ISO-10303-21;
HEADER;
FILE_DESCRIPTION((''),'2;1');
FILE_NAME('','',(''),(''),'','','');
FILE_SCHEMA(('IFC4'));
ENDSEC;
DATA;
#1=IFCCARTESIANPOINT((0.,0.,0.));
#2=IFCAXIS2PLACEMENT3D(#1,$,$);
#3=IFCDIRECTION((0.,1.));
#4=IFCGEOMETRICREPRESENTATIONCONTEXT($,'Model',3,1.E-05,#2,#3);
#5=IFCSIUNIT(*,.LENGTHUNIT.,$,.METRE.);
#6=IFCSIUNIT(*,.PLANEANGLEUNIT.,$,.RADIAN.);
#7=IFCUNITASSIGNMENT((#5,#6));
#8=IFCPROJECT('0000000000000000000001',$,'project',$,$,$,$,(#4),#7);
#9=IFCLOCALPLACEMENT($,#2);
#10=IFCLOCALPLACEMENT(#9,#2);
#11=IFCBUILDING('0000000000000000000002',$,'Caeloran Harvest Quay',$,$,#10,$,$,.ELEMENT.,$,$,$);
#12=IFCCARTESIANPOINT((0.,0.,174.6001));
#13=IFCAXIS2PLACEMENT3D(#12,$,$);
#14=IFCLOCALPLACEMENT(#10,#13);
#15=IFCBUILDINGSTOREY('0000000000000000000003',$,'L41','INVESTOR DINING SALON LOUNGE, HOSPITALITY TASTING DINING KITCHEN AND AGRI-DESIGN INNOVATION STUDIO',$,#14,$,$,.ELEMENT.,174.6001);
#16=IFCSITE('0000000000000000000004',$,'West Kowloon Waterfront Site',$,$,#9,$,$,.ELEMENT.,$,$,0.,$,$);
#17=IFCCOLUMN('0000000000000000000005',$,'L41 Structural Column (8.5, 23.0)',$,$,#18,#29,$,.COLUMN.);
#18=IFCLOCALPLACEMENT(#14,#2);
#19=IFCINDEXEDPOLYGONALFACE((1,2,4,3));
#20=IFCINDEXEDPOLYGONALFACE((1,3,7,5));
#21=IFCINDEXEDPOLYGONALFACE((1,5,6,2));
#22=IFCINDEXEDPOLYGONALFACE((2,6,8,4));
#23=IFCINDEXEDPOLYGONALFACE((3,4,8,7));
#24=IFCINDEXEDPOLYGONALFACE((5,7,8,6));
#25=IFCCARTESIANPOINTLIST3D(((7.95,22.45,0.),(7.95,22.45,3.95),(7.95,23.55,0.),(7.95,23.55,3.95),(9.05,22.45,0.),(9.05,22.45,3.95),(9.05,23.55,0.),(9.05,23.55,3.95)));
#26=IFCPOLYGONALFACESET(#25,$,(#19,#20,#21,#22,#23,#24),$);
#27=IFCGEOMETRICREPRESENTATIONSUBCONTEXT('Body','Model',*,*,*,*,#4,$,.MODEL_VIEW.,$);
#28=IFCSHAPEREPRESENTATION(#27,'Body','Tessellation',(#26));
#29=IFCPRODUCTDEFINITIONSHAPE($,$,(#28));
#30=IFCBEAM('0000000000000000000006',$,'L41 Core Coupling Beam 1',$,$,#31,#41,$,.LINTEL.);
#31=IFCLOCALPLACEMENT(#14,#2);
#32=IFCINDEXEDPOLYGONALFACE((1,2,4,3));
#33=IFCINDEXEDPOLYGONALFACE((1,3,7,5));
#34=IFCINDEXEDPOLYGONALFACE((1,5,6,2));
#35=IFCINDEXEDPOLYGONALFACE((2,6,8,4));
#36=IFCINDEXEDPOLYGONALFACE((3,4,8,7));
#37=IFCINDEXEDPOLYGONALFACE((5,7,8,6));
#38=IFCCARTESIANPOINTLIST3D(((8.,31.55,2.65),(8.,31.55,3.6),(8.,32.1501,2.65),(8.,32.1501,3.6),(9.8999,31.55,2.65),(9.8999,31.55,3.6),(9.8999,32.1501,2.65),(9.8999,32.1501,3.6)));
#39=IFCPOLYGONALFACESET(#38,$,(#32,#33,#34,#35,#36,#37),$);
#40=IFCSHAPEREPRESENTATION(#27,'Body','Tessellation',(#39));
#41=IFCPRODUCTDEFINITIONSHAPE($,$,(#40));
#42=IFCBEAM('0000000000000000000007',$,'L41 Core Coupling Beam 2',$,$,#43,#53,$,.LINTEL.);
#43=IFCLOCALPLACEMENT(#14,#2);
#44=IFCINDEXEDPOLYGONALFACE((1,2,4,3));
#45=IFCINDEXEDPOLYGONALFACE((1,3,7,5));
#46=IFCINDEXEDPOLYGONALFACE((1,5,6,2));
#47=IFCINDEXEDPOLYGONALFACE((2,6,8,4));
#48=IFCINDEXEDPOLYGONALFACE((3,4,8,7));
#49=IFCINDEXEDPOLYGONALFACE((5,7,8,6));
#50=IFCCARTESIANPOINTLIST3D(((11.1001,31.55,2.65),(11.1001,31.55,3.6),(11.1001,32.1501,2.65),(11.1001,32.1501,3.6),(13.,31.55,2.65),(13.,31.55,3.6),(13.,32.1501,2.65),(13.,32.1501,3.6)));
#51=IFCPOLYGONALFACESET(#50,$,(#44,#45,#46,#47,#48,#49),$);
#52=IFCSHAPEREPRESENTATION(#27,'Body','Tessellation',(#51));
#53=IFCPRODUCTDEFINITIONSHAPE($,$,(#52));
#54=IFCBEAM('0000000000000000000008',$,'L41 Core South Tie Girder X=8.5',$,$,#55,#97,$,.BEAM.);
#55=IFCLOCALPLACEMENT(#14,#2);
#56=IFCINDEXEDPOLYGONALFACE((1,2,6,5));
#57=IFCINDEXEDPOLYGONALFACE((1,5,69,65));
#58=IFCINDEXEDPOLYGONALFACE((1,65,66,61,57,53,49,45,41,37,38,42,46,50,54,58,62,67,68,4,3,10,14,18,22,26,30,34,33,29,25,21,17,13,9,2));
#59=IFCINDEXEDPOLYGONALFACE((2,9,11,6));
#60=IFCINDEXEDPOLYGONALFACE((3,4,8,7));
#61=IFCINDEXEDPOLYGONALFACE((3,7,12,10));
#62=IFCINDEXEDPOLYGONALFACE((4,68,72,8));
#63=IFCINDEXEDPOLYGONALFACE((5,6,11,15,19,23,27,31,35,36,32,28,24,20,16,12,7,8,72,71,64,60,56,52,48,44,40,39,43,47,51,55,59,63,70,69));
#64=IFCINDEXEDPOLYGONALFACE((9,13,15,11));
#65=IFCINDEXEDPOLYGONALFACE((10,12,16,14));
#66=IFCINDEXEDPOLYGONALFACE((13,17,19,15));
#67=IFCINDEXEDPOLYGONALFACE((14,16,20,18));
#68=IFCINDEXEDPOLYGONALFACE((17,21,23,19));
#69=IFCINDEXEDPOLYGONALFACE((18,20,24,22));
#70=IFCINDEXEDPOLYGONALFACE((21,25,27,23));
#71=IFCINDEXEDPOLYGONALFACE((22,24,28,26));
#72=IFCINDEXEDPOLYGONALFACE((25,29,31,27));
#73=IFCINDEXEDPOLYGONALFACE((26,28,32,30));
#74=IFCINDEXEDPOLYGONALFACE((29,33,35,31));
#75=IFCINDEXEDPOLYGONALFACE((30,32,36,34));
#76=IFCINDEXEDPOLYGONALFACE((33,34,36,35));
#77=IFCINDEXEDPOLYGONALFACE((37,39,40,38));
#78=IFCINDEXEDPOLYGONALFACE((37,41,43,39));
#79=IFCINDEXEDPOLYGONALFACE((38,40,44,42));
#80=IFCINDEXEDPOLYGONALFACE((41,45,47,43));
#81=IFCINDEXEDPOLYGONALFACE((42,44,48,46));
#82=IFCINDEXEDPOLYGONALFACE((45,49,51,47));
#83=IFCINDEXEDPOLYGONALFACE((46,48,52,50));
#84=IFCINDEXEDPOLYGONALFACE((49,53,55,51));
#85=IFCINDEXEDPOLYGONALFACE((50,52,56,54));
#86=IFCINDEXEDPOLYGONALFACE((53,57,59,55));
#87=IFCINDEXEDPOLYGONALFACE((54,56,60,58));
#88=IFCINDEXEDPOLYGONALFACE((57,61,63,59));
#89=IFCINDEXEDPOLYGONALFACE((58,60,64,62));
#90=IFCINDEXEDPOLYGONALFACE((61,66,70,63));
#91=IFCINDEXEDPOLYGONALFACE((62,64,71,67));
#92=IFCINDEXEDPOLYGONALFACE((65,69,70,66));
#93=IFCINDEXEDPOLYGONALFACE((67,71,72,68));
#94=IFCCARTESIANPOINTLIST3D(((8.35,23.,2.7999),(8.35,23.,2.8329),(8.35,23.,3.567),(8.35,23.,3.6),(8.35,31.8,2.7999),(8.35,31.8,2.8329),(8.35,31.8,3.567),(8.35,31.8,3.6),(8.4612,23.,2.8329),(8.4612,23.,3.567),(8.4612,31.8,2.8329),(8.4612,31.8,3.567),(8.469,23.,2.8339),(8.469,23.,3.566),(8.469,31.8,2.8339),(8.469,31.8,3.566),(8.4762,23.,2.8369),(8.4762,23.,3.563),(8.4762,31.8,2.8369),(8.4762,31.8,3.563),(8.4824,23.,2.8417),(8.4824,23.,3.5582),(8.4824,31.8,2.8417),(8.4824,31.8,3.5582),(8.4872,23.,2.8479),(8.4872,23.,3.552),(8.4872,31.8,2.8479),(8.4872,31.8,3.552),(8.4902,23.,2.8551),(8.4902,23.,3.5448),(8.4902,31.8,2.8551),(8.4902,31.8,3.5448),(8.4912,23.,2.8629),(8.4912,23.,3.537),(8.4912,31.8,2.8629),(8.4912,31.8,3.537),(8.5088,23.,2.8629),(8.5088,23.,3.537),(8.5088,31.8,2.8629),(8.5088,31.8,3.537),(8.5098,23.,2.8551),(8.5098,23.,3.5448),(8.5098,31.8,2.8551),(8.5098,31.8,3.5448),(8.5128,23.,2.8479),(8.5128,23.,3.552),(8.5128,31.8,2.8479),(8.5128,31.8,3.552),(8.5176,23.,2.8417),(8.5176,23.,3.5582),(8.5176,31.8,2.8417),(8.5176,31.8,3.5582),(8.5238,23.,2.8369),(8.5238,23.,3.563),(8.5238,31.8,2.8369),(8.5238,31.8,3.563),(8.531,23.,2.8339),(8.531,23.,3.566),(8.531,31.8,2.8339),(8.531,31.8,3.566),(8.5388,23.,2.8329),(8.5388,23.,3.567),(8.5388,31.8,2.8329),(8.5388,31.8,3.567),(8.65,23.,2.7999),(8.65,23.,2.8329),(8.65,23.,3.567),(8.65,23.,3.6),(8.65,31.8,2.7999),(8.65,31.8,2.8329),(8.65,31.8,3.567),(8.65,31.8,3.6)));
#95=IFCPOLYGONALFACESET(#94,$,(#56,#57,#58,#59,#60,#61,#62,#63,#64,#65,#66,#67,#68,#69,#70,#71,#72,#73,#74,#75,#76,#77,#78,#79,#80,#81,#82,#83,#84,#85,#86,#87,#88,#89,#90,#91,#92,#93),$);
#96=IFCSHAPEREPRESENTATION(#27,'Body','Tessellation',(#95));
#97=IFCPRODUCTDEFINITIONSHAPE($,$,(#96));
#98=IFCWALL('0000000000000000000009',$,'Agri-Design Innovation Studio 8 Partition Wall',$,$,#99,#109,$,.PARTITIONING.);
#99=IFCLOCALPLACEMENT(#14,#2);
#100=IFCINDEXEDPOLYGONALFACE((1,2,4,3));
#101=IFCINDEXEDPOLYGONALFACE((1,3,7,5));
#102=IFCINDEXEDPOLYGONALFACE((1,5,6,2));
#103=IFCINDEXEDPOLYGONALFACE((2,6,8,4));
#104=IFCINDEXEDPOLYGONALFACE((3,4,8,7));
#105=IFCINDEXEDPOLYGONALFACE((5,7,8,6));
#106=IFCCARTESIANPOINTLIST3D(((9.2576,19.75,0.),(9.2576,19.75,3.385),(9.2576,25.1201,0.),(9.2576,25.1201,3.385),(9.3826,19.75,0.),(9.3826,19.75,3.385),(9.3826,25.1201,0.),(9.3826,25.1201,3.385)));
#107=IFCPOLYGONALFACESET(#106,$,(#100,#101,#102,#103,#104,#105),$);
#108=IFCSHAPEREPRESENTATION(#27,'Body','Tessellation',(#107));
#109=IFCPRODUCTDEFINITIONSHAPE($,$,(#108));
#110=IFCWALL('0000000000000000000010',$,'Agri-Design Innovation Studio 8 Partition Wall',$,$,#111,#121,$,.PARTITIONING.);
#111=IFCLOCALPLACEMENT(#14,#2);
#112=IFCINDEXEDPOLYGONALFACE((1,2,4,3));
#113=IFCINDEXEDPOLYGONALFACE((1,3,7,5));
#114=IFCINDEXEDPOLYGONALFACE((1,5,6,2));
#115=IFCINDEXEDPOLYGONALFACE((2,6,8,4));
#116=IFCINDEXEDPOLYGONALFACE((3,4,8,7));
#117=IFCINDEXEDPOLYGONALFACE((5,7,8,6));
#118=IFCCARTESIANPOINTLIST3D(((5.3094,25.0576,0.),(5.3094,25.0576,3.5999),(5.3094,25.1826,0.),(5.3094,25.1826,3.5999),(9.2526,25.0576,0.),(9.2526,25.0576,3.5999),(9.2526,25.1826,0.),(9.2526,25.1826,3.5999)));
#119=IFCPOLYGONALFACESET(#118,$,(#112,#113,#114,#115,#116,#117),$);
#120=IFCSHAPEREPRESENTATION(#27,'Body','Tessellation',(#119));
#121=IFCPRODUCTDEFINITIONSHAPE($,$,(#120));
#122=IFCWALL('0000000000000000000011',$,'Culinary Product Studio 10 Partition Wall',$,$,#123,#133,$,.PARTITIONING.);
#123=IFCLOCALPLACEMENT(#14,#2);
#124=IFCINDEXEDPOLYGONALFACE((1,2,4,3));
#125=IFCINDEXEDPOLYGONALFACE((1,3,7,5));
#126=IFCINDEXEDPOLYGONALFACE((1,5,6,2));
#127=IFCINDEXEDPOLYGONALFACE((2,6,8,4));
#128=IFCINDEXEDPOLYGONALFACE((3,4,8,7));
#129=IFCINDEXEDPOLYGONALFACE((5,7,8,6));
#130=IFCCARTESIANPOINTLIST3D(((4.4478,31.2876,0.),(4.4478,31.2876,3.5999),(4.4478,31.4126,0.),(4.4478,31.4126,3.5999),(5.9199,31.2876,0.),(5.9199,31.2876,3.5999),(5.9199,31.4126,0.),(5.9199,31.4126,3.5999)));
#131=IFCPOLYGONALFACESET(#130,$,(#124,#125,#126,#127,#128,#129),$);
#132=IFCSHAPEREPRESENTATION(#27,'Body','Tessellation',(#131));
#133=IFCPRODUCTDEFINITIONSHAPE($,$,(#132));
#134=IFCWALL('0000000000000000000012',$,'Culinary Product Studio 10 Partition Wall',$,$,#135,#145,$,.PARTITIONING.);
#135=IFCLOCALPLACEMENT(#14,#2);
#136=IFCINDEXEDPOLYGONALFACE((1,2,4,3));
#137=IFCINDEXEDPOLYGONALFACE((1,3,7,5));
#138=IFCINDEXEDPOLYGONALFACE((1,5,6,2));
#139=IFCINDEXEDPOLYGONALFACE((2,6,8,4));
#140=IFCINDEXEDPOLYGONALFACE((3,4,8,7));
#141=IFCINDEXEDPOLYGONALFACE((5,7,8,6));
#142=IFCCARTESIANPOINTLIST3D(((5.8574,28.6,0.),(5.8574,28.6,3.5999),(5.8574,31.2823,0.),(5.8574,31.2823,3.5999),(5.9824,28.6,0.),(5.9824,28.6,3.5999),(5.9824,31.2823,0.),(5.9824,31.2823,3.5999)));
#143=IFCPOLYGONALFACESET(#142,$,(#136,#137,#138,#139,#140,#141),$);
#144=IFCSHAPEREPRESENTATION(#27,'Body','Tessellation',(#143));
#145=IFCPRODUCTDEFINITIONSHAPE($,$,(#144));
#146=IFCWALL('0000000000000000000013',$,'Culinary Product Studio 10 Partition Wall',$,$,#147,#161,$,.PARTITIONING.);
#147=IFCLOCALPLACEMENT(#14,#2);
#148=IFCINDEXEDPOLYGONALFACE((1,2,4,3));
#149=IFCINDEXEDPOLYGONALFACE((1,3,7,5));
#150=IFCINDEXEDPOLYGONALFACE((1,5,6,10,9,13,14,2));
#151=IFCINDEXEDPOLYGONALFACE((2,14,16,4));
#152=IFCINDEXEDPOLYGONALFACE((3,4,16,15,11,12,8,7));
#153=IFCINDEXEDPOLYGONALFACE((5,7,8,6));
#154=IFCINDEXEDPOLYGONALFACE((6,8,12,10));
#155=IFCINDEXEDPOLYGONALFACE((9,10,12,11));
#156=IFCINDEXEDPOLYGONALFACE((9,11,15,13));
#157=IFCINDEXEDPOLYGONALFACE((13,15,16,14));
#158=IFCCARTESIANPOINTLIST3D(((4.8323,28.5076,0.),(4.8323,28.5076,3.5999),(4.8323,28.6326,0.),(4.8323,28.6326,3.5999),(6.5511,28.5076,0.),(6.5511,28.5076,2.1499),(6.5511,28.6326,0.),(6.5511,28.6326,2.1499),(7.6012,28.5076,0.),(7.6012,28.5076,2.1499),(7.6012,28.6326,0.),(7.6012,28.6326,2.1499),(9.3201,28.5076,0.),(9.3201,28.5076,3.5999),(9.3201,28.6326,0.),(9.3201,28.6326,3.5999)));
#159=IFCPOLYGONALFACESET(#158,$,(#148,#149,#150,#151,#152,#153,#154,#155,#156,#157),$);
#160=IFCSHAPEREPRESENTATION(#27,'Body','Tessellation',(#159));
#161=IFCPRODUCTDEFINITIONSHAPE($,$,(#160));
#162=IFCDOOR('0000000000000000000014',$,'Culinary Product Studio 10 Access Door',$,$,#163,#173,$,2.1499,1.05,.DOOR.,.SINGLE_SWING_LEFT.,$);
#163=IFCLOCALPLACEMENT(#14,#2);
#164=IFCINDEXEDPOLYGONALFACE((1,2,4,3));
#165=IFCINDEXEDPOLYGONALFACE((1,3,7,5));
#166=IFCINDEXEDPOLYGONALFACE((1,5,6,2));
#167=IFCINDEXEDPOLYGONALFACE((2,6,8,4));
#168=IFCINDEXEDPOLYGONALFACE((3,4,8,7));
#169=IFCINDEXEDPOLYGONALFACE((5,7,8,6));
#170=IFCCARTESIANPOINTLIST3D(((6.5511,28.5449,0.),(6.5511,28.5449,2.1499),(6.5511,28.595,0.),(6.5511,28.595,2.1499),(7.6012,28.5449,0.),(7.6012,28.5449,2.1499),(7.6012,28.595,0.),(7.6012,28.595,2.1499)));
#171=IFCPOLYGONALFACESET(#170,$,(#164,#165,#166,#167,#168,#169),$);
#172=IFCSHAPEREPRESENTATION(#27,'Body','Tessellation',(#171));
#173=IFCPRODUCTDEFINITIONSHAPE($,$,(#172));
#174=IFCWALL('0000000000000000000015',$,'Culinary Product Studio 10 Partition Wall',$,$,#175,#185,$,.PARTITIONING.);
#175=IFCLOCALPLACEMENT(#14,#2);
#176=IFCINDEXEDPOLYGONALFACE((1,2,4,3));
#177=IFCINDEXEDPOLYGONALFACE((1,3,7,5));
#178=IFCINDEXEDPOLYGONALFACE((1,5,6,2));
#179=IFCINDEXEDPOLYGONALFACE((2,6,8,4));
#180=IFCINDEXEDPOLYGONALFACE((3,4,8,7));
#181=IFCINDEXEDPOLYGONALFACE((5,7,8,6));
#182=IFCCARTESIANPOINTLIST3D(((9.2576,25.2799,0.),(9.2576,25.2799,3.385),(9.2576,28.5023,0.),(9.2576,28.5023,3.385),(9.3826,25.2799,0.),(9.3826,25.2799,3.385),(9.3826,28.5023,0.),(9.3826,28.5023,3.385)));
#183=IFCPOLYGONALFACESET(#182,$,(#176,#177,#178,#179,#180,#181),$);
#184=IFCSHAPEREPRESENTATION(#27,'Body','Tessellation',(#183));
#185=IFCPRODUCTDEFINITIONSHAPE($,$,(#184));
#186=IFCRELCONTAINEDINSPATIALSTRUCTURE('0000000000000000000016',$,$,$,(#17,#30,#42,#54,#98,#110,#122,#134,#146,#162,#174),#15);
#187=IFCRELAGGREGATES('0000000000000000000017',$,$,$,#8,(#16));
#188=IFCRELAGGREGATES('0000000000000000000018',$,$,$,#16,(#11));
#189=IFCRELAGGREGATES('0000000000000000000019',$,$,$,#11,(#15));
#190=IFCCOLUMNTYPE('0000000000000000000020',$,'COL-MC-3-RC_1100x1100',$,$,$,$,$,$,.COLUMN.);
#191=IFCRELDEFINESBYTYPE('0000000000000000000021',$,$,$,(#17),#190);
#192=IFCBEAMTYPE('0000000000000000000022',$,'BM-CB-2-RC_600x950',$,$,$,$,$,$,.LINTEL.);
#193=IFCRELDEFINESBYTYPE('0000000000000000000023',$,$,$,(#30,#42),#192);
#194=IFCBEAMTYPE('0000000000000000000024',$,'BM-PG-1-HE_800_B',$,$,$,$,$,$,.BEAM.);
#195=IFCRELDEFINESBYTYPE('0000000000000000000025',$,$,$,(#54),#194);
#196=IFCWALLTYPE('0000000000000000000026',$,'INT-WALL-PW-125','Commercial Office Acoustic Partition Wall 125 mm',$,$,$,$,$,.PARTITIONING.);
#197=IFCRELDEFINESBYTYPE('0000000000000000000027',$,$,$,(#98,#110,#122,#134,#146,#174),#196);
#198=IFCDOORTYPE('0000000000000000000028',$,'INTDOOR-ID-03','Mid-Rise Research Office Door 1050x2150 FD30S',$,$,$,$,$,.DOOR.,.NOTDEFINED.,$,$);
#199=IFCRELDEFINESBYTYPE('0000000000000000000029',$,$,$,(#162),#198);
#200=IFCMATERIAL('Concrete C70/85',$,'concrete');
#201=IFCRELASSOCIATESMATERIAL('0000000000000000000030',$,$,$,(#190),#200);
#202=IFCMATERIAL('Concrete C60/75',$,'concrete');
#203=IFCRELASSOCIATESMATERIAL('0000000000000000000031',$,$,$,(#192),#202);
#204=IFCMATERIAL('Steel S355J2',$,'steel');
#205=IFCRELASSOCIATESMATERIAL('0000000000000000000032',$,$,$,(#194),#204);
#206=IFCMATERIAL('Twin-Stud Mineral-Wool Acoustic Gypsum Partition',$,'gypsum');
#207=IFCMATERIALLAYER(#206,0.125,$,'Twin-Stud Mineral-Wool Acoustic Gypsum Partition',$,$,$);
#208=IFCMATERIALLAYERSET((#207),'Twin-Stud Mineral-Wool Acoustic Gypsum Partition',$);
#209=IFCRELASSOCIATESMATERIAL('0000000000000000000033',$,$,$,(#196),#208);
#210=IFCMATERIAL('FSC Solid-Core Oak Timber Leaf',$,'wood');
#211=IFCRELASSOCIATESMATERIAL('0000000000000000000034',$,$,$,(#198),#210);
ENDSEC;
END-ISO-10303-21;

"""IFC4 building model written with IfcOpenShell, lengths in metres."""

from ifc_helpers import new_model, si_unit, direction, frame, frame_2d, origin, origin_2d, place, context, subcontext, project, spatial, rectangle, i_section, extrude, material, layer, layer_set, material_profile, profile_set, type_object, element, fill, save


model = new_model("IFC4")

# Units and contexts
model_context = context("Model", 3, precision=1e-05, world=origin(), true_north=direction((0.0, 1.0)))
body_context = subcontext(model_context, "Body", "Model", "MODEL_VIEW")
ifc_project = project(units=[si_unit("LENGTHUNIT", "METRE"), si_unit("PLANEANGLEUNIT", "RADIAN")], contexts=[model_context])

# Site, building, storey
site_placement = place(None, origin())
site = spatial("IfcSite", under=ifc_project, at=site_placement, Name="West Kowloon Waterfront Site", CompositionType="ELEMENT", RefElevation=0.0)
building_placement = place(site_placement, origin())
building = spatial("IfcBuilding", under=site, at=building_placement, Name="Caeloran Harvest Quay", CompositionType="ELEMENT")
storey_placement = place(building_placement, frame((0.0, 0.0, 174.6001)))
storey = spatial("IfcBuildingStorey", under=building, at=storey_placement, Name="L41", Description="INVESTOR DINING SALON LOUNGE, HOSPITALITY TASTING DINING KITCHEN AND AGRI-DESIGN INNOVATION STUDIO", CompositionType="ELEMENT", Elevation=174.6001)

# Column
ifc_material_1 = material(Name="Concrete C70/85", Category="concrete")
ifc_material_profile_1 = material_profile(ifc_material_1, rectangle(XDim=1.1001, YDim=1.1001, at=origin_2d()), Name="RC 1100x1100")
ifc_profile_set_1 = profile_set([ifc_material_profile_1], Name="Concrete C70/85")
column_type = type_object("IfcColumnType", Name="COL-MC-3-RC_1100x1100", PredefinedType="COLUMN", material=ifc_profile_set_1)
column_placement = place(storey_placement, frame((8.5, 23.0, 0.0), z_axis=(0.0, 0.0, 1.0), x_axis=(1.0, 0.0, 0.0)))
element("IfcColumn", 1, at=column_placement, inside=storey, type_object=column_type, Name="L41 Structural Column (8.5, 23.0)", PredefinedType="COLUMN", context=body_context, shape_type="SweptSolid", body=[
    extrude(rectangle(XDim=1.1001, YDim=1.1001, at=origin_2d()), origin(), (0.0, 0.0, 1.0), 3.95),
])

# Beams
ifc_material_2 = material(Name="Concrete C60/75", Category="concrete")
ifc_material_profile_2 = material_profile(ifc_material_2, rectangle(XDim=0.6001, YDim=0.95, at=origin_2d()), Name="RC 600x950")
ifc_profile_set_2 = profile_set([ifc_material_profile_2], Name="Concrete C60/75")
beam_type_1 = type_object("IfcBeamType", Name="BM-CB-2-RC_600x950", PredefinedType="LINTEL", material=ifc_profile_set_2)
for number, where, z_axis, x_axis, name in (
    (2, (8.0, 31.8501, 3.125), (1.0, 0.0, 0.0), (0.0, 1.0, 0.0), "L41 Core Coupling Beam 1"),
    (3, (11.1001, 31.8501, 3.125), (1.0, 0.0, 0.0), (0.0, 1.0, 0.0), "L41 Core Coupling Beam 2"),
):
    element("IfcBeam", number, at=place(storey_placement, frame(where, z_axis=z_axis, x_axis=x_axis)), inside=storey, type_object=beam_type_1, Name=name, PredefinedType="LINTEL", context=body_context, shape_type="SweptSolid", body=[
        extrude(rectangle(XDim=0.6001, YDim=0.95, at=origin_2d()), origin(), (0.0, 0.0, 1.0), 1.8999),
    ])
ifc_material_3 = material(Name="Steel S355J2", Category="steel")
ifc_material_profile_3 = material_profile(ifc_material_3, i_section(OverallWidth=0.3, OverallDepth=0.8, WebThickness=0.0176, FlangeThickness=0.033, FilletRadius=0.03, at=origin_2d()), Name="HE 800 B")
ifc_profile_set_3 = profile_set([ifc_material_profile_3], Name="Steel S355J2")
beam_type_2 = type_object("IfcBeamType", Name="BM-PG-1-HE_800_B", PredefinedType="BEAM", material=ifc_profile_set_3)
beam_placement = place(storey_placement, frame((8.5, 23.0, 3.2), z_axis=(0.0, 1.0, 0.0), x_axis=(-1.0, 0.0, 0.0)))
element("IfcBeam", 4, at=beam_placement, inside=storey, type_object=beam_type_2, Name="L41 Core South Tie Girder X=8.5", PredefinedType="BEAM", context=body_context, shape_type="SweptSolid", body=[
    extrude(i_section(OverallWidth=0.3, OverallDepth=0.8, WebThickness=0.0176, FlangeThickness=0.033, FilletRadius=0.03, at=origin_2d()), origin(), (0.0, 0.0, 1.0), 8.8),
])

# Wall
ifc_material_4 = material(Name="Twin-Stud Mineral-Wool Acoustic Gypsum Partition", Category="gypsum")
ifc_layer_1 = layer(ifc_material_4, 0.125, Name="Twin-Stud Mineral-Wool Acoustic Gypsum Partition")
ifc_layer_set_1 = layer_set([ifc_layer_1], Name="Twin-Stud Mineral-Wool Acoustic Gypsum Partition")
wall_type_1 = type_object("IfcWallType", Name="INT-WALL-PW-125", Description="Commercial Office Acoustic Partition Wall 125 mm", PredefinedType="PARTITIONING", material=ifc_layer_set_1)
wall_1_placement = place(storey_placement, frame((9.3201, 25.1201, 0.0), z_axis=(0.0, 0.0, 1.0), x_axis=(0.0, -1.0, 0.0)))
element("IfcWall", 5, at=wall_1_placement, inside=storey, type_object=wall_type_1, Name="Agri-Design Innovation Studio 8 Partition Wall", PredefinedType="PARTITIONING", context=body_context, shape_type="SweptSolid", body=[
    extrude(rectangle(XDim=5.3701, YDim=0.125, at=frame_2d((2.6851, 0.0))), origin(), (0.0, 0.0, 1.0), 3.385),
])

# Shared definitions
ifc_material_5 = material(Name="FSC Solid-Core Oak Timber Leaf", Category="wood")
door_type_1 = type_object("IfcDoorType", Name="INTDOOR-ID-03", Description="Mid-Rise Research Office Door 1050x2150 FD30S", OperationType="NOTDEFINED", PredefinedType="DOOR", material=ifc_material_5)

# Walls
wall_2_placement = place(storey_placement, frame((5.3093, 25.1201, 0.0), z_axis=(0.0, 0.0, 1.0), x_axis=(1.0, 0.0, 0.0)))
element("IfcWall", 6, at=wall_2_placement, inside=storey, type_object=wall_type_1, Name="Agri-Design Innovation Studio 8 Partition Wall", PredefinedType="PARTITIONING", context=body_context, shape_type="SweptSolid", body=[
    extrude(rectangle(XDim=3.9431, YDim=0.125, at=frame_2d((1.9717, 0.0))), origin(), (0.0, 0.0, 1.0), 3.5999),
])
wall_3_placement = place(storey_placement, frame((4.4478, 31.3501, 0.0), z_axis=(0.0, 0.0, 1.0), x_axis=(1.0, 0.0, 0.0)))
element("IfcWall", 7, at=wall_3_placement, inside=storey, type_object=wall_type_1, Name="Culinary Product Studio 10 Partition Wall", PredefinedType="PARTITIONING", context=body_context, shape_type="SweptSolid", body=[
    extrude(rectangle(XDim=1.4722, YDim=0.125, at=frame_2d((0.7361, 0.0))), origin(), (0.0, 0.0, 1.0), 3.5999),
])
wall_4_placement = place(storey_placement, frame((5.9199, 31.2825, 0.0), z_axis=(0.0, 0.0, 1.0), x_axis=(0.0, -1.0, 0.0)))
element("IfcWall", 8, at=wall_4_placement, inside=storey, type_object=wall_type_1, Name="Culinary Product Studio 10 Partition Wall", PredefinedType="PARTITIONING", context=body_context, shape_type="SweptSolid", body=[
    extrude(rectangle(XDim=2.6824, YDim=0.125, at=frame_2d((1.3413, 0.0))), origin(), (0.0, 0.0, 1.0), 3.5999),
])

# Wall, opening, door
wall_5_placement = place(storey_placement, frame((4.8323, 28.5701, 0.0), z_axis=(0.0, 0.0, 1.0), x_axis=(1.0, 0.0, 0.0)))
wall_5 = element("IfcWall", 9, at=wall_5_placement, inside=storey, type_object=wall_type_1, Name="Culinary Product Studio 10 Partition Wall", PredefinedType="PARTITIONING", context=body_context, shape_type="SweptSolid", body=[
    extrude(rectangle(XDim=4.4878, YDim=0.125, at=frame_2d((2.2439, 0.0))), origin(), (0.0, 0.0, 1.0), 3.5999),
])
opening_1_placement = place(wall_5_placement, frame((1.719, 0.0, 0.0)))
opening_1 = element("IfcOpeningElement", 10, at=opening_1_placement, cuts=wall_5, PredefinedType="OPENING", context=body_context, shape_type="SweptSolid", body=[
    extrude(rectangle(XDim=1.05, YDim=2.1499, at=frame_2d((0.5249, 1.075))), frame((0.0, 0.0725, 0.0), z_axis=(0.0, -1.0, 0.0), x_axis=(1.0, 0.0, 0.0)), (0.0, 0.0, 1.0), 0.145),
])
door_1_placement = place(opening_1_placement, origin())
door_1 = element("IfcDoor", 11, at=door_1_placement, inside=storey, type_object=door_type_1, Name="Culinary Product Studio 10 Access Door", OperationType="SINGLE_SWING_LEFT", OverallHeight=2.1499, OverallWidth=1.05, PredefinedType="DOOR", context=body_context, shape_type="SweptSolid", body=[
    extrude(rectangle(XDim=1.05, YDim=2.1499, at=frame_2d((0.5249, 1.075))), frame((0.0, 0.0249, 0.0), z_axis=(0.0, -1.0, 0.0), x_axis=(1.0, 0.0, 0.0)), (0.0, 0.0, 1.0), 0.05),
])
fill(opening_1, door_1)

# Wall
wall_6_placement = place(storey_placement, frame((9.3201, 28.5024, 0.0), z_axis=(0.0, 0.0, 1.0), x_axis=(0.0, -1.0, 0.0)))
element("IfcWall", 12, at=wall_6_placement, inside=storey, type_object=wall_type_1, Name="Culinary Product Studio 10 Partition Wall", PredefinedType="PARTITIONING", context=body_context, shape_type="SweptSolid", body=[
    extrude(rectangle(XDim=3.2224, YDim=0.125, at=frame_2d((1.6113, 0.0))), origin(), (0.0, 0.0, 1.0), 3.385),
])

save(model, "model.ifc")
